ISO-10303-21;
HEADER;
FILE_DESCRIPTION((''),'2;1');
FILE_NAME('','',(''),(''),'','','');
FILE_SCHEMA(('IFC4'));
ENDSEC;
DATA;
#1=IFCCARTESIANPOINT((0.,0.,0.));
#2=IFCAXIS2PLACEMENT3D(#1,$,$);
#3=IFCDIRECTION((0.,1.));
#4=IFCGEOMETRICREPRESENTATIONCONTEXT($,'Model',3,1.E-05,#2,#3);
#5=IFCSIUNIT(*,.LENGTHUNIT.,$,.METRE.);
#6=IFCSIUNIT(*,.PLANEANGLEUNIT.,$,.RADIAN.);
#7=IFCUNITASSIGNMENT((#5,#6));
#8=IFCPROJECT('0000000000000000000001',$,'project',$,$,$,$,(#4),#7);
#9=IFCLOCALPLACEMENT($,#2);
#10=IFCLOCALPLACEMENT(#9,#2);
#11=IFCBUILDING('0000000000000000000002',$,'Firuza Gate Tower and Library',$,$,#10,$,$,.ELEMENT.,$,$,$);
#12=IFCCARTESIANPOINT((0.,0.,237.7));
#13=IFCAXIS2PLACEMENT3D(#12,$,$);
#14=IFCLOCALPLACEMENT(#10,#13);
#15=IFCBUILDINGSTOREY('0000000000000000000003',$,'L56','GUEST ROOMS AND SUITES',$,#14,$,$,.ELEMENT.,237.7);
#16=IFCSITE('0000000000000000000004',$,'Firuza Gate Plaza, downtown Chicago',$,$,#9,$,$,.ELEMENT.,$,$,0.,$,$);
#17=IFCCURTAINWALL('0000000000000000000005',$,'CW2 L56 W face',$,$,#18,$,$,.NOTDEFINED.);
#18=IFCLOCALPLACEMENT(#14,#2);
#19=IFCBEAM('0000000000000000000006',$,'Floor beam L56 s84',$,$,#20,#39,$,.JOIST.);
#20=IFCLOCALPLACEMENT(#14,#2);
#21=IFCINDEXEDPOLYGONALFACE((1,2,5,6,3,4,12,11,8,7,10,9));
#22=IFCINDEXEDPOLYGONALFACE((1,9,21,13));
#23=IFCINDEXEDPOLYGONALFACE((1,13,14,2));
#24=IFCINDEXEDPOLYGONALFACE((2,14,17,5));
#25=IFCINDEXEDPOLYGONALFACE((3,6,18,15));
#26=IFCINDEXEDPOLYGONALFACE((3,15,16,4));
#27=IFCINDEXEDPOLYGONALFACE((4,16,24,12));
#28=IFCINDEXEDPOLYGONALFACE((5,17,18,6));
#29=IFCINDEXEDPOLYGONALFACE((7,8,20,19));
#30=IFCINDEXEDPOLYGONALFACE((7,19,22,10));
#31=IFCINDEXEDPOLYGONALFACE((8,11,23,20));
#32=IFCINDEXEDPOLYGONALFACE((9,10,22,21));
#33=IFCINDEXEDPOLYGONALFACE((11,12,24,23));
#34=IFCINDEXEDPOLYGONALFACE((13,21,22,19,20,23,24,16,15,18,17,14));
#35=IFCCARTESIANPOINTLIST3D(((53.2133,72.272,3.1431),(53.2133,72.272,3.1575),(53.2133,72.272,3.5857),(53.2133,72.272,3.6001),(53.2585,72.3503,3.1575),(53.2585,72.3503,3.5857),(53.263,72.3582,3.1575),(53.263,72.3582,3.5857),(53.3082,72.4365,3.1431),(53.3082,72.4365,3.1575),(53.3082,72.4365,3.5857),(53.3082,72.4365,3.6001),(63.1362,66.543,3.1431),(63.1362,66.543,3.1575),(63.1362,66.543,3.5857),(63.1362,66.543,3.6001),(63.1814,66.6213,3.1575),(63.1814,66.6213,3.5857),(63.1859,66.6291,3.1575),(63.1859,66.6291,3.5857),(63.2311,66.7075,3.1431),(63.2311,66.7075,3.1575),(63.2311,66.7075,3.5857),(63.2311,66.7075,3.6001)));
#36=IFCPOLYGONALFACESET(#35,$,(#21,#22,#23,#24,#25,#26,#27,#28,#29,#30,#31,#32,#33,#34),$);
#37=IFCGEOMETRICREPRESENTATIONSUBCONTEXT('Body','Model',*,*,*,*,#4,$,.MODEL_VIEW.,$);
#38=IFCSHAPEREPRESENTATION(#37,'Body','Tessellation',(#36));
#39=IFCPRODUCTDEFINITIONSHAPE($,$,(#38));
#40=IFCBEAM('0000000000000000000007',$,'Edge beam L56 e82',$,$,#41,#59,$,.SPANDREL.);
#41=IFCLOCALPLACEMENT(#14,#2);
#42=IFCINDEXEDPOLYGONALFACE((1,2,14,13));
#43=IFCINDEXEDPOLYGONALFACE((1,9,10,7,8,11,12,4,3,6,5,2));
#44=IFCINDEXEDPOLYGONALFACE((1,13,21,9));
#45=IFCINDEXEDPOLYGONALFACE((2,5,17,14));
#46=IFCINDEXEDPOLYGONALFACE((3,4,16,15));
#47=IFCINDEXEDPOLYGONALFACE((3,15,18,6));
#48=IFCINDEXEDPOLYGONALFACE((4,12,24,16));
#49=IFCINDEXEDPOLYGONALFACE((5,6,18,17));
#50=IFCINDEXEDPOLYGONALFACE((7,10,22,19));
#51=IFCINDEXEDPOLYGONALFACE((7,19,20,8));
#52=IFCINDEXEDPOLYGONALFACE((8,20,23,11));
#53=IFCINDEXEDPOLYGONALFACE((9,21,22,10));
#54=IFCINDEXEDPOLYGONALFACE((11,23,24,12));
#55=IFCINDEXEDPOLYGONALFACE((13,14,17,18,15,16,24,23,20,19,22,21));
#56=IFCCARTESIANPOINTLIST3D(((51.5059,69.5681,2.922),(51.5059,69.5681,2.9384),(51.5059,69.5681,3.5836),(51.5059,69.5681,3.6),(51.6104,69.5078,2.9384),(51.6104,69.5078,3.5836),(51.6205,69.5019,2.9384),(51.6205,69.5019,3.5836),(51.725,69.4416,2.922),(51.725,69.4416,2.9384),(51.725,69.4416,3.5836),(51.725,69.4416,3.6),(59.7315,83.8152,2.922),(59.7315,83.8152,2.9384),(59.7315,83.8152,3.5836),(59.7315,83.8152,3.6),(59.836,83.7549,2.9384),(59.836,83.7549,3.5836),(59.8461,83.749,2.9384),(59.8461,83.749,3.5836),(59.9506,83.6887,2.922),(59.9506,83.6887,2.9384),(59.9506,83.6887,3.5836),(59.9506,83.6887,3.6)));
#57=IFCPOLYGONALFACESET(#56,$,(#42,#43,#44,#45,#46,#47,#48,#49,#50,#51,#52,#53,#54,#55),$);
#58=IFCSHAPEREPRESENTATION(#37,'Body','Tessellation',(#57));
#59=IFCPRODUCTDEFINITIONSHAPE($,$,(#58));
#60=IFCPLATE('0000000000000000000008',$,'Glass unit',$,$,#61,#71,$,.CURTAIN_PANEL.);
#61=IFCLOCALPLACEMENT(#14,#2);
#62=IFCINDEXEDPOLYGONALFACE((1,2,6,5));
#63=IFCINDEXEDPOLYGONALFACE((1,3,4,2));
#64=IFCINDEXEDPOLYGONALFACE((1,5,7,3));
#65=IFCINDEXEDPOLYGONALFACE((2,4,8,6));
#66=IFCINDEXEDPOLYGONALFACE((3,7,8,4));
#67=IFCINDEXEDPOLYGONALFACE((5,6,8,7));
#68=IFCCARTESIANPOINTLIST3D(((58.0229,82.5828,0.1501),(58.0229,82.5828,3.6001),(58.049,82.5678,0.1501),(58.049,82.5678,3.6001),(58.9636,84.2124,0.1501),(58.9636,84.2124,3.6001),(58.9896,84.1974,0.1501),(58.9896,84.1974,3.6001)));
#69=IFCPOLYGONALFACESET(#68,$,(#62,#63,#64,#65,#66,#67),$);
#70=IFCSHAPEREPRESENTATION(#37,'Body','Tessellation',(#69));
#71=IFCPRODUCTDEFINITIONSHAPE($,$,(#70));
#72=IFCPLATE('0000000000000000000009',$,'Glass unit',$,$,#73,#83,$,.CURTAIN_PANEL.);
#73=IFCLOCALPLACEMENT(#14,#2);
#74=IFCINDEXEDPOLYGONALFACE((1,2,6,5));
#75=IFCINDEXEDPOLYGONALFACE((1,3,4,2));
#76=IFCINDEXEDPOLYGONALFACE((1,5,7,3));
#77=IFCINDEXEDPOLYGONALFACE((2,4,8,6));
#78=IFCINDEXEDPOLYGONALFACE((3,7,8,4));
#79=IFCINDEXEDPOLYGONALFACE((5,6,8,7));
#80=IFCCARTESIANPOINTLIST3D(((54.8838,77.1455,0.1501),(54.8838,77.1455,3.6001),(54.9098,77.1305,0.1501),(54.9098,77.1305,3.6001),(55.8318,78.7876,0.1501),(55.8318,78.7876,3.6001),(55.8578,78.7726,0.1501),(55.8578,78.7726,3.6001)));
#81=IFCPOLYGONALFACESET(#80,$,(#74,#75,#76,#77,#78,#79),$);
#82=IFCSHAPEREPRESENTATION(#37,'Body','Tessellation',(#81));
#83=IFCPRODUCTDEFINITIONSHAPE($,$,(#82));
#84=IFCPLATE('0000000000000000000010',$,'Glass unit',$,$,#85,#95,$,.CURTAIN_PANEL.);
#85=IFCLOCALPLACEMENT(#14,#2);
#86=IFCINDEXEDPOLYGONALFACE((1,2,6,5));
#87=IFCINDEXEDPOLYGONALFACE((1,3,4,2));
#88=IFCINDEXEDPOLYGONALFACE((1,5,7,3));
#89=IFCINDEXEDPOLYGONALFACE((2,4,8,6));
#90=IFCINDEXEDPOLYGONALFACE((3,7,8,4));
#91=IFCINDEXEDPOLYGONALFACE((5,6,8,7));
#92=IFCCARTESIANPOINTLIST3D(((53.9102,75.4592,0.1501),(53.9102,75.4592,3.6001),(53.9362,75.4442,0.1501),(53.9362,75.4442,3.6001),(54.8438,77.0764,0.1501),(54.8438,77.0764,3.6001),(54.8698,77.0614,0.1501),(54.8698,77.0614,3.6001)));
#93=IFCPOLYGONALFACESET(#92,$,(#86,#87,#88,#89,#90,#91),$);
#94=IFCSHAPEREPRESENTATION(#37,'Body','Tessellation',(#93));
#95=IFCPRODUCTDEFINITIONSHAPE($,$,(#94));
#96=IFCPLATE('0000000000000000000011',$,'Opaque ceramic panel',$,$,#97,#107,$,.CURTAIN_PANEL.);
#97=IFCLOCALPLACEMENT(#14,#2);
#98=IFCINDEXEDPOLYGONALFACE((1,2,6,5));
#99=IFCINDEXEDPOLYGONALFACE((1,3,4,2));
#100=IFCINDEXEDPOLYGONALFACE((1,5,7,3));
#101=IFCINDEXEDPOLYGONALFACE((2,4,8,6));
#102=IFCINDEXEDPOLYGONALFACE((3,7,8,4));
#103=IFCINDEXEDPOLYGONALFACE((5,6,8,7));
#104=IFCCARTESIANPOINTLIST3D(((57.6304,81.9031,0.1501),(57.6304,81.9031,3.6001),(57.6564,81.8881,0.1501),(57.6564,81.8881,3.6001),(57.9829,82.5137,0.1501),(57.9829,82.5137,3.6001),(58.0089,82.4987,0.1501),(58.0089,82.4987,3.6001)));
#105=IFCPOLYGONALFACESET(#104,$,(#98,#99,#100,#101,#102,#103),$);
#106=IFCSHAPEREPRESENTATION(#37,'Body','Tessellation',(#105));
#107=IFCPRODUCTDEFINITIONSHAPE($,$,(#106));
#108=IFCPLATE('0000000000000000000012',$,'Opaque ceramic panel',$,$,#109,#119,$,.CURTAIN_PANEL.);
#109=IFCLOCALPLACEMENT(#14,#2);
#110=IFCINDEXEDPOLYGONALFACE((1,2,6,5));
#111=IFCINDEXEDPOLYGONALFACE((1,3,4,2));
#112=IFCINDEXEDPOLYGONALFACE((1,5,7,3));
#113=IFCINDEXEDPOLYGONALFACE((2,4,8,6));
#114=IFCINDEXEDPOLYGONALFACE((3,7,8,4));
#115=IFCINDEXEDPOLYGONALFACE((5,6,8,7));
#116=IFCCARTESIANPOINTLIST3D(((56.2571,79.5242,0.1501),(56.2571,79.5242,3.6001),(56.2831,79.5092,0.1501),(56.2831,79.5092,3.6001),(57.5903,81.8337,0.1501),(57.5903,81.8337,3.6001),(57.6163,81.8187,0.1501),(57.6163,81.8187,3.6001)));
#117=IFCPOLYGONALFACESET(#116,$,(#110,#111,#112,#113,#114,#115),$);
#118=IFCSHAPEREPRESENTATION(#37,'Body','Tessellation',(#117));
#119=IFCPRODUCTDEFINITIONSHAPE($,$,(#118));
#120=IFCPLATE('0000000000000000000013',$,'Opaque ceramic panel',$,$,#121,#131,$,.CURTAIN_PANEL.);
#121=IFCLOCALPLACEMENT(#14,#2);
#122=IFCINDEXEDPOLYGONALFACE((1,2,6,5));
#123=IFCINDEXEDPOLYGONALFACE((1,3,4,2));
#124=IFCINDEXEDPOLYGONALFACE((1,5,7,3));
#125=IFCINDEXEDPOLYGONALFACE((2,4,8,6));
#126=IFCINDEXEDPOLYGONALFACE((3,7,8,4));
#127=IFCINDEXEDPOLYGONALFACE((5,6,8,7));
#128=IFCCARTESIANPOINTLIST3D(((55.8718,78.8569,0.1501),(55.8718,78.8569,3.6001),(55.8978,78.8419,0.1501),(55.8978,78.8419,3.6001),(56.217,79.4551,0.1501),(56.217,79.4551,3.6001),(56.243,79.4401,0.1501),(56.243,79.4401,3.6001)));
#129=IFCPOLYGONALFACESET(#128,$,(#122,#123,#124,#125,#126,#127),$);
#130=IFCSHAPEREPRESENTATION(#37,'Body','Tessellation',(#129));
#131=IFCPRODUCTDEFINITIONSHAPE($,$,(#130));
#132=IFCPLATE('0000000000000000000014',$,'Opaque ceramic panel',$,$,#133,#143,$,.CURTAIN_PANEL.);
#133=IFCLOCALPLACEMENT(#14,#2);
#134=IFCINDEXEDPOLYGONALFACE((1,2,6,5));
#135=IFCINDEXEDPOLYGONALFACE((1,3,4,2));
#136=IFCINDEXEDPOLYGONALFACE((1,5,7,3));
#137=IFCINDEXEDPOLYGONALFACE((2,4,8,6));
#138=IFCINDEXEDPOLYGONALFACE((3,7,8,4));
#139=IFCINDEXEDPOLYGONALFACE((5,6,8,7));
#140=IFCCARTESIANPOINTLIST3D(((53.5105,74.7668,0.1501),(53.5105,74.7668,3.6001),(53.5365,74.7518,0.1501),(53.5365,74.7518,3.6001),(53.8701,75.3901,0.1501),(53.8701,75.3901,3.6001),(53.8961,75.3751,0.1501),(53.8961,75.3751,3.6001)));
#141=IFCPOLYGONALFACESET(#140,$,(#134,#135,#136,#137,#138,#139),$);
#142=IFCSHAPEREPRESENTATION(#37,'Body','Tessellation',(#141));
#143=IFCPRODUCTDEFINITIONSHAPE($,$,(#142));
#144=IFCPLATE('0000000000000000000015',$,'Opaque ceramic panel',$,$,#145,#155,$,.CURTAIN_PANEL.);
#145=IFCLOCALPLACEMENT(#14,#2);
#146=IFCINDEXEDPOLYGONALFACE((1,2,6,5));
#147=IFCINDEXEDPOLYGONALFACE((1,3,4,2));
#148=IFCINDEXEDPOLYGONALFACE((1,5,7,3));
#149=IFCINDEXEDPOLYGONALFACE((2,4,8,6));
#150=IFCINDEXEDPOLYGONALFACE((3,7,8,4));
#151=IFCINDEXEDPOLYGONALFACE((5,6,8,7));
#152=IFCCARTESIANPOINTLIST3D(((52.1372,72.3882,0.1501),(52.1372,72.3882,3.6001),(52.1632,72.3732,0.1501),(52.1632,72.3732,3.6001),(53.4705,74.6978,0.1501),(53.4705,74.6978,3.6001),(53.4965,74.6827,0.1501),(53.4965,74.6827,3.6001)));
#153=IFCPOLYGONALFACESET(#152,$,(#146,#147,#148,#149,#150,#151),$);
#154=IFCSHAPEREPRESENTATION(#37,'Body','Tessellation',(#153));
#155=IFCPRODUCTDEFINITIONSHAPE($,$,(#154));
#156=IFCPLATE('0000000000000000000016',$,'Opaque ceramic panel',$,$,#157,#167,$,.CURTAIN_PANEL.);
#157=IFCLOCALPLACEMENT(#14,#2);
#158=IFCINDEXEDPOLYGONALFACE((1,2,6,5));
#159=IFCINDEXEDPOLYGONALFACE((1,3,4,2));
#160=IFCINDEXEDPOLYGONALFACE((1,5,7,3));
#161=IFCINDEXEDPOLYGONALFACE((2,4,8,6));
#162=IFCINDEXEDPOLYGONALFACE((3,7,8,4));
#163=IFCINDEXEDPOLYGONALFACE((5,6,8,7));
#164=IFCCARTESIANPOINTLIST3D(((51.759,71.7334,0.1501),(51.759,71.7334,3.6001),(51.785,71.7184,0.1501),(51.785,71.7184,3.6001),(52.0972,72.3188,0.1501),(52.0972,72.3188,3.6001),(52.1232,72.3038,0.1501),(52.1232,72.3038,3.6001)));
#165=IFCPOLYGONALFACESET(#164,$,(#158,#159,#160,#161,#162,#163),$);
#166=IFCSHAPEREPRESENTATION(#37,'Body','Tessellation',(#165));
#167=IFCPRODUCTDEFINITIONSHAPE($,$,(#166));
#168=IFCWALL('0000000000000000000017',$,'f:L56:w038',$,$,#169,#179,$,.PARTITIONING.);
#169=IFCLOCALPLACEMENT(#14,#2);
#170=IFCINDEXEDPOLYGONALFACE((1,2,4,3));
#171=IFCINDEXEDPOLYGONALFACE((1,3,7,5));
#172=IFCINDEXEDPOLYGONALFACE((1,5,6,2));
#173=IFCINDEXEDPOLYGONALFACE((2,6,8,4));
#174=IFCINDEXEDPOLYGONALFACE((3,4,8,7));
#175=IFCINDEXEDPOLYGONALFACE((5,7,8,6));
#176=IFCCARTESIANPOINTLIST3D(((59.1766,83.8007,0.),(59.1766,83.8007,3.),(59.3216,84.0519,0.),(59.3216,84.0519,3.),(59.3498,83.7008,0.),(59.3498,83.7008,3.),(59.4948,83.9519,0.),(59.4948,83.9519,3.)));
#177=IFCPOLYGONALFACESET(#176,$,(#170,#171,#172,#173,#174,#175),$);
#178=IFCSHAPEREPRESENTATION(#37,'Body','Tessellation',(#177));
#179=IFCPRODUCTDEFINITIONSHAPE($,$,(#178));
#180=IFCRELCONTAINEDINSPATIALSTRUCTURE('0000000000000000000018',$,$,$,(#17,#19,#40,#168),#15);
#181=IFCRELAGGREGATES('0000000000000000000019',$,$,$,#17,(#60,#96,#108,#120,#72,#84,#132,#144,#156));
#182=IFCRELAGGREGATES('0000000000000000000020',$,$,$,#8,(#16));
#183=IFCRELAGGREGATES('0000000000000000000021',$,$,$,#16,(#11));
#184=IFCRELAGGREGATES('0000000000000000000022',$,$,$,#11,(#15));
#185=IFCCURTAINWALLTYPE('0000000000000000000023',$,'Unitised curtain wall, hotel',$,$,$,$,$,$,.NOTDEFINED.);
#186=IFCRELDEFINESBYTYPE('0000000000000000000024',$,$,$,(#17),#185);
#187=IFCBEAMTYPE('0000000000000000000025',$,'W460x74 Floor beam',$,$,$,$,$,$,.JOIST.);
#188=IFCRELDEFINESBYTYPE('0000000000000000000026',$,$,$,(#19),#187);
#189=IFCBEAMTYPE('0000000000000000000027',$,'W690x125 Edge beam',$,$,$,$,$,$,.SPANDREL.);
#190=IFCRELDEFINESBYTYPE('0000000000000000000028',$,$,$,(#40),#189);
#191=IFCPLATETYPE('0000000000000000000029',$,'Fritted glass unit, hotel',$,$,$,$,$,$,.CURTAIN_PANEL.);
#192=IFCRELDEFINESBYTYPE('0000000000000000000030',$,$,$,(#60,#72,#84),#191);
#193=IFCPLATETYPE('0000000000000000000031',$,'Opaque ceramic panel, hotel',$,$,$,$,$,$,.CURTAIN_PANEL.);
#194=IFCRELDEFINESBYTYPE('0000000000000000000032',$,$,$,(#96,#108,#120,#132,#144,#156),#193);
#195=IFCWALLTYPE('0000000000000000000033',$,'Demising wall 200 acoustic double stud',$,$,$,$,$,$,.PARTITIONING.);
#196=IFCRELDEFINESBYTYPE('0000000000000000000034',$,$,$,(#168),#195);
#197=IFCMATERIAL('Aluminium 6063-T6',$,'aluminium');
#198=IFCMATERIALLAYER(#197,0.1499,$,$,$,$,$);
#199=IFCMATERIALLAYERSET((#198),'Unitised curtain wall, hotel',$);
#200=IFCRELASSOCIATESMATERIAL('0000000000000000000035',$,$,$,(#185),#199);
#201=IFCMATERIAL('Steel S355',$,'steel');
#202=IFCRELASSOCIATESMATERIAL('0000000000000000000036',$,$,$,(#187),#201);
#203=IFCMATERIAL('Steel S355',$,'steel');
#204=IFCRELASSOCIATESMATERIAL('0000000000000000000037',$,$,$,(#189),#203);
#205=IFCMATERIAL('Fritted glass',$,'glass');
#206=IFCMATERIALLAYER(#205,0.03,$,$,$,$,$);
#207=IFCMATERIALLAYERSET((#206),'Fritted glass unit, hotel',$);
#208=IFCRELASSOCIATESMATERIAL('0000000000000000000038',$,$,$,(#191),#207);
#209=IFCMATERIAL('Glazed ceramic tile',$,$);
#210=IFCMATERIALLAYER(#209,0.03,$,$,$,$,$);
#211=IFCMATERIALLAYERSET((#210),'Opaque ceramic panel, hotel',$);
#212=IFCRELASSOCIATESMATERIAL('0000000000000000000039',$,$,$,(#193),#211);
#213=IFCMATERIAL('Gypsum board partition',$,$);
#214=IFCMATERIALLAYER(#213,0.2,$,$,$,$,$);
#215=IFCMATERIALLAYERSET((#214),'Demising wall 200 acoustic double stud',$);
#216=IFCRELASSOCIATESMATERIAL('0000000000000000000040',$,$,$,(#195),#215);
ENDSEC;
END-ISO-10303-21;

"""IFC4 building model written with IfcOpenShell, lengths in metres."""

from ifc_helpers import new_model, si_unit, direction, frame, frame_2d, origin, origin_2d, place, context, subcontext, project, spatial, polyline, rectangle, i_section, outline, extrude, material, layer, layer_set, material_profile, profile_set, type_object, element, aggregate, save


model = new_model("IFC4")

# Units and contexts
model_context = context("Model", 3, precision=1e-05, world=origin(), true_north=direction((0.0, 1.0)))
body_context = subcontext(model_context, "Body", "Model", "MODEL_VIEW")
ifc_project = project(units=[si_unit("LENGTHUNIT", "METRE"), si_unit("PLANEANGLEUNIT", "RADIAN")], contexts=[model_context])

# Site, building, storey
site_placement = place(None, origin())
site = spatial("IfcSite", under=ifc_project, at=site_placement, Name="Firuza Gate Plaza, downtown Chicago", CompositionType="ELEMENT", RefElevation=0.0)
building_placement = place(site_placement, origin())
building = spatial("IfcBuilding", under=site, at=building_placement, Name="Firuza Gate Tower and Library", CompositionType="ELEMENT")
storey_placement = place(building_placement, frame((0.0, 0.0, 237.7)))
storey = spatial("IfcBuildingStorey", under=building, at=storey_placement, Name="L56", Description="GUEST ROOMS AND SUITES", CompositionType="ELEMENT", Elevation=237.7)

# Curtain wall
ifc_material_1 = material(Name="Aluminium 6063-T6", Category="aluminium")
ifc_layer_1 = layer(ifc_material_1, 0.1499)
ifc_layer_set_1 = layer_set([ifc_layer_1], Name="Unitised curtain wall, hotel")
curtain_wall_type = type_object("IfcCurtainWallType", Name="Unitised curtain wall, hotel", PredefinedType="NOTDEFINED", material=ifc_layer_set_1)
curtain_wall_placement = place(storey_placement, origin())
curtain_wall = element("IfcCurtainWall", 1, at=curtain_wall_placement, inside=storey, type_object=curtain_wall_type, Name="CW2 L56 W face", PredefinedType="NOTDEFINED")

# Beams
ifc_material_2 = material(Name="Steel S355", Category="steel")
ifc_material_profile_1 = material_profile(ifc_material_2, i_section(OverallWidth=0.1899, OverallDepth=0.457, WebThickness=0.009, FlangeThickness=0.0144, at=origin_2d()))
ifc_profile_set_1 = profile_set([ifc_material_profile_1], Name="Steel S355")
beam_type_1 = type_object("IfcBeamType", Name="W460x74 Floor beam", PredefinedType="JOIST", material=ifc_profile_set_1)
beam_1_placement = place(storey_placement, frame((53.2607, 72.3542, 3.3716), z_axis=(0.866024, -0.500003, 0.0), x_axis=(0.500003, 0.866024, 0.0)))
element("IfcBeam", 2, at=beam_1_placement, inside=storey, type_object=beam_type_1, Name="Floor beam L56 s84", PredefinedType="JOIST", context=body_context, shape_type="SweptSolid", body=[
    extrude(i_section(OverallWidth=0.1899, OverallDepth=0.457, WebThickness=0.009, FlangeThickness=0.0144, at=origin_2d()), origin(), (0.0, 0.0, 1.0), 11.458),
])
ifc_material_3 = material(Name="Steel S355", Category="steel")
ifc_material_profile_2 = material_profile(ifc_material_3, i_section(OverallWidth=0.2529, OverallDepth=0.678, WebThickness=0.0117, FlangeThickness=0.0164, at=origin_2d()))
ifc_profile_set_2 = profile_set([ifc_material_profile_2], Name="Steel S355")
beam_type_2 = type_object("IfcBeamType", Name="W690x125 Edge beam", PredefinedType="SPANDREL", material=ifc_profile_set_2)
beam_2_placement = place(storey_placement, frame((59.8411, 83.752, 3.261), z_axis=(-0.500002, -0.866024, 0.0), x_axis=(0.866024, -0.500002, 0.0)))
element("IfcBeam", 3, at=beam_2_placement, inside=storey, type_object=beam_type_2, Name="Edge beam L56 e82", PredefinedType="SPANDREL", context=body_context, shape_type="SweptSolid", body=[
    extrude(i_section(OverallWidth=0.2529, OverallDepth=0.678, WebThickness=0.0117, FlangeThickness=0.0164, at=origin_2d()), origin(), (0.0, 0.0, 1.0), 16.4512),
])

# Plates
ifc_material_4 = material(Name="Fritted glass", Category="glass")
ifc_layer_2 = layer(ifc_material_4, 0.03)
ifc_layer_set_2 = layer_set([ifc_layer_2], Name="Fritted glass unit, hotel")
plate_type_1 = type_object("IfcPlateType", Name="Fritted glass unit, hotel", PredefinedType="CURTAIN_PANEL", material=ifc_layer_set_2)
plate_1_placement = place(storey_placement, frame((58.9636, 84.2124, 0.1501), z_axis=(-0.866071, 0.499921, 0.0), x_axis=(-0.499921, -0.866071, 0.0)))
plate_1 = element("IfcPlate", 4, at=plate_1_placement, type_object=plate_type_1, Name="Glass unit", PredefinedType="CURTAIN_PANEL", context=body_context, shape_type="SweptSolid", body=[
    extrude(outline(polyline([(0.0, 0.0), (1.8816, 0.0), (1.8816, 3.45), (0.0, 3.45), (0.0, 0.0)])), origin(), (0.0, 0.0, -1.0), 0.03),
])
plate_2_placement = place(storey_placement, frame((55.8318, 78.7876, 0.1501), z_axis=(-0.86604, 0.499975, 0.0), x_axis=(-0.499975, -0.86604, 0.0)))
plate_2 = element("IfcPlate", 5, at=plate_2_placement, type_object=plate_type_1, Name="Glass unit", PredefinedType="CURTAIN_PANEL", context=body_context, shape_type="SweptSolid", body=[
    extrude(outline(polyline([(0.0, 0.0), (1.8961, 0.0), (1.8961, 3.45), (0.0, 3.45), (0.0, 0.0)])), origin(), (0.0, 0.0, -1.0), 0.03),
])
plate_3_placement = place(storey_placement, frame((54.8438, 77.0764, 0.1501), z_axis=(-0.866046, 0.499964, 0.0), x_axis=(-0.499964, -0.866046, 0.0)))
plate_3 = element("IfcPlate", 6, at=plate_3_placement, type_object=plate_type_1, Name="Glass unit", PredefinedType="CURTAIN_PANEL", context=body_context, shape_type="SweptSolid", body=[
    extrude(outline(polyline([(0.0, 0.0), (1.8673, 0.0), (1.8673, 3.45), (0.0, 3.45), (0.0, 0.0)])), origin(), (0.0, 0.0, -1.0), 0.03),
])
ifc_material_5 = material(Name="Glazed ceramic tile")
ifc_layer_3 = layer(ifc_material_5, 0.03)
ifc_layer_set_3 = layer_set([ifc_layer_3], Name="Opaque ceramic panel, hotel")
plate_type_2 = type_object("IfcPlateType", Name="Opaque ceramic panel, hotel", PredefinedType="CURTAIN_PANEL", material=ifc_layer_set_3)
plate_4_placement = place(storey_placement, frame((57.9829, 82.5137, 0.1501), z_axis=(-0.866018, 0.500012, 0.0), x_axis=(-0.500012, -0.866018, 0.0)))
plate_4 = element("IfcPlate", 7, at=plate_4_placement, type_object=plate_type_2, Name="Opaque ceramic panel", PredefinedType="CURTAIN_PANEL", context=body_context, shape_type="SweptSolid", body=[
    extrude(outline(polyline([(0.0, 0.0), (0.7051, 0.0), (0.7051, 3.45), (0.0, 3.45), (0.0, 0.0)])), origin(), (0.0, 0.0, -1.0), 0.03),
])
plate_5_placement = place(storey_placement, frame((57.5903, 81.8337, 0.1501), z_axis=(-0.866054, 0.49995, 0.0), x_axis=(-0.49995, -0.866054, 0.0)))
plate_5 = element("IfcPlate", 8, at=plate_5_placement, type_object=plate_type_2, Name="Opaque ceramic panel", PredefinedType="CURTAIN_PANEL", context=body_context, shape_type="SweptSolid", body=[
    extrude(outline(polyline([(0.0, 0.0), (2.6668, 0.0), (2.6668, 3.45), (0.0, 3.45), (0.0, 0.0)])), origin(), (0.0, 0.0, -1.0), 0.03),
])
plate_6_placement = place(storey_placement, frame((56.217, 79.4551, 0.1501), z_axis=(-0.866103, 0.499865, 0.0), x_axis=(-0.499865, -0.866103, 0.0)))
plate_6 = element("IfcPlate", 9, at=plate_6_placement, type_object=plate_type_2, Name="Opaque ceramic panel", PredefinedType="CURTAIN_PANEL", context=body_context, shape_type="SweptSolid", body=[
    extrude(outline(polyline([(0.0, 0.0), (0.6906, 0.0), (0.6906, 3.45), (0.0, 3.45), (0.0, 0.0)])), origin(), (0.0, 0.0, -1.0), 0.03),
])
plate_7_placement = place(storey_placement, frame((53.8701, 75.3901, 0.1501), z_axis=(-0.866169, 0.499752, 0.0), x_axis=(-0.499752, -0.866169, 0.0)))
plate_7 = element("IfcPlate", 10, at=plate_7_placement, type_object=plate_type_2, Name="Opaque ceramic panel", PredefinedType="CURTAIN_PANEL", context=body_context, shape_type="SweptSolid", body=[
    extrude(outline(polyline([(0.0, 0.0), (0.7196, 0.0), (0.7196, 3.45), (0.0, 3.45), (0.0, 0.0)])), origin(), (0.0, 0.0, -1.0), 0.03),
])
plate_8_placement = place(storey_placement, frame((53.4705, 74.6978, 0.1501), z_axis=(-0.866054, 0.49995, 0.0), x_axis=(-0.49995, -0.866054, 0.0)))
plate_8 = element("IfcPlate", 11, at=plate_8_placement, type_object=plate_type_2, Name="Opaque ceramic panel", PredefinedType="CURTAIN_PANEL", context=body_context, shape_type="SweptSolid", body=[
    extrude(outline(polyline([(0.0, 0.0), (2.6668, 0.0), (2.6668, 3.45), (0.0, 3.45), (0.0, 0.0)])), origin(), (0.0, 0.0, -1.0), 0.03),
])
plate_9_placement = place(storey_placement, frame((52.0972, 72.3188, 0.1501), z_axis=(-0.865945, 0.500139, 0.0), x_axis=(-0.500139, -0.865945, 0.0)))
plate_9 = element("IfcPlate", 12, at=plate_9_placement, type_object=plate_type_2, Name="Opaque ceramic panel", PredefinedType="CURTAIN_PANEL", context=body_context, shape_type="SweptSolid", body=[
    extrude(outline(polyline([(0.0, 0.0), (0.6761, 0.0), (0.6761, 3.45), (0.0, 3.45), (0.0, 0.0)])), origin(), (0.0, 0.0, -1.0), 0.03),
])
aggregate(curtain_wall, [plate_1, plate_4, plate_5, plate_6, plate_2, plate_3, plate_7, plate_8, plate_9])

# Wall
ifc_material_6 = material(Name="Gypsum board partition")
ifc_layer_4 = layer(ifc_material_6, 0.2)
ifc_layer_set_4 = layer_set([ifc_layer_4], Name="Demising wall 200 acoustic double stud")
wall_type_1 = type_object("IfcWallType", Name="Demising wall 200 acoustic double stud", PredefinedType="PARTITIONING", material=ifc_layer_set_4)
wall_1_placement = place(storey_placement, frame((59.2632, 83.7507, 0.0), z_axis=(0.0, 0.0, 1.0), x_axis=(0.499941, 0.866059, 0.0)))
element("IfcWall", 13, at=wall_1_placement, inside=storey, type_object=wall_type_1, Name="f:L56:w038", PredefinedType="PARTITIONING", context=body_context, shape_type="SweptSolid", body=[
    extrude(rectangle(XDim=0.29, YDim=0.2, at=frame_2d((0.145, 0.0))), origin(), (0.0, 0.0, 1.0), 3.0),
])

save(model, "model.ifc")
